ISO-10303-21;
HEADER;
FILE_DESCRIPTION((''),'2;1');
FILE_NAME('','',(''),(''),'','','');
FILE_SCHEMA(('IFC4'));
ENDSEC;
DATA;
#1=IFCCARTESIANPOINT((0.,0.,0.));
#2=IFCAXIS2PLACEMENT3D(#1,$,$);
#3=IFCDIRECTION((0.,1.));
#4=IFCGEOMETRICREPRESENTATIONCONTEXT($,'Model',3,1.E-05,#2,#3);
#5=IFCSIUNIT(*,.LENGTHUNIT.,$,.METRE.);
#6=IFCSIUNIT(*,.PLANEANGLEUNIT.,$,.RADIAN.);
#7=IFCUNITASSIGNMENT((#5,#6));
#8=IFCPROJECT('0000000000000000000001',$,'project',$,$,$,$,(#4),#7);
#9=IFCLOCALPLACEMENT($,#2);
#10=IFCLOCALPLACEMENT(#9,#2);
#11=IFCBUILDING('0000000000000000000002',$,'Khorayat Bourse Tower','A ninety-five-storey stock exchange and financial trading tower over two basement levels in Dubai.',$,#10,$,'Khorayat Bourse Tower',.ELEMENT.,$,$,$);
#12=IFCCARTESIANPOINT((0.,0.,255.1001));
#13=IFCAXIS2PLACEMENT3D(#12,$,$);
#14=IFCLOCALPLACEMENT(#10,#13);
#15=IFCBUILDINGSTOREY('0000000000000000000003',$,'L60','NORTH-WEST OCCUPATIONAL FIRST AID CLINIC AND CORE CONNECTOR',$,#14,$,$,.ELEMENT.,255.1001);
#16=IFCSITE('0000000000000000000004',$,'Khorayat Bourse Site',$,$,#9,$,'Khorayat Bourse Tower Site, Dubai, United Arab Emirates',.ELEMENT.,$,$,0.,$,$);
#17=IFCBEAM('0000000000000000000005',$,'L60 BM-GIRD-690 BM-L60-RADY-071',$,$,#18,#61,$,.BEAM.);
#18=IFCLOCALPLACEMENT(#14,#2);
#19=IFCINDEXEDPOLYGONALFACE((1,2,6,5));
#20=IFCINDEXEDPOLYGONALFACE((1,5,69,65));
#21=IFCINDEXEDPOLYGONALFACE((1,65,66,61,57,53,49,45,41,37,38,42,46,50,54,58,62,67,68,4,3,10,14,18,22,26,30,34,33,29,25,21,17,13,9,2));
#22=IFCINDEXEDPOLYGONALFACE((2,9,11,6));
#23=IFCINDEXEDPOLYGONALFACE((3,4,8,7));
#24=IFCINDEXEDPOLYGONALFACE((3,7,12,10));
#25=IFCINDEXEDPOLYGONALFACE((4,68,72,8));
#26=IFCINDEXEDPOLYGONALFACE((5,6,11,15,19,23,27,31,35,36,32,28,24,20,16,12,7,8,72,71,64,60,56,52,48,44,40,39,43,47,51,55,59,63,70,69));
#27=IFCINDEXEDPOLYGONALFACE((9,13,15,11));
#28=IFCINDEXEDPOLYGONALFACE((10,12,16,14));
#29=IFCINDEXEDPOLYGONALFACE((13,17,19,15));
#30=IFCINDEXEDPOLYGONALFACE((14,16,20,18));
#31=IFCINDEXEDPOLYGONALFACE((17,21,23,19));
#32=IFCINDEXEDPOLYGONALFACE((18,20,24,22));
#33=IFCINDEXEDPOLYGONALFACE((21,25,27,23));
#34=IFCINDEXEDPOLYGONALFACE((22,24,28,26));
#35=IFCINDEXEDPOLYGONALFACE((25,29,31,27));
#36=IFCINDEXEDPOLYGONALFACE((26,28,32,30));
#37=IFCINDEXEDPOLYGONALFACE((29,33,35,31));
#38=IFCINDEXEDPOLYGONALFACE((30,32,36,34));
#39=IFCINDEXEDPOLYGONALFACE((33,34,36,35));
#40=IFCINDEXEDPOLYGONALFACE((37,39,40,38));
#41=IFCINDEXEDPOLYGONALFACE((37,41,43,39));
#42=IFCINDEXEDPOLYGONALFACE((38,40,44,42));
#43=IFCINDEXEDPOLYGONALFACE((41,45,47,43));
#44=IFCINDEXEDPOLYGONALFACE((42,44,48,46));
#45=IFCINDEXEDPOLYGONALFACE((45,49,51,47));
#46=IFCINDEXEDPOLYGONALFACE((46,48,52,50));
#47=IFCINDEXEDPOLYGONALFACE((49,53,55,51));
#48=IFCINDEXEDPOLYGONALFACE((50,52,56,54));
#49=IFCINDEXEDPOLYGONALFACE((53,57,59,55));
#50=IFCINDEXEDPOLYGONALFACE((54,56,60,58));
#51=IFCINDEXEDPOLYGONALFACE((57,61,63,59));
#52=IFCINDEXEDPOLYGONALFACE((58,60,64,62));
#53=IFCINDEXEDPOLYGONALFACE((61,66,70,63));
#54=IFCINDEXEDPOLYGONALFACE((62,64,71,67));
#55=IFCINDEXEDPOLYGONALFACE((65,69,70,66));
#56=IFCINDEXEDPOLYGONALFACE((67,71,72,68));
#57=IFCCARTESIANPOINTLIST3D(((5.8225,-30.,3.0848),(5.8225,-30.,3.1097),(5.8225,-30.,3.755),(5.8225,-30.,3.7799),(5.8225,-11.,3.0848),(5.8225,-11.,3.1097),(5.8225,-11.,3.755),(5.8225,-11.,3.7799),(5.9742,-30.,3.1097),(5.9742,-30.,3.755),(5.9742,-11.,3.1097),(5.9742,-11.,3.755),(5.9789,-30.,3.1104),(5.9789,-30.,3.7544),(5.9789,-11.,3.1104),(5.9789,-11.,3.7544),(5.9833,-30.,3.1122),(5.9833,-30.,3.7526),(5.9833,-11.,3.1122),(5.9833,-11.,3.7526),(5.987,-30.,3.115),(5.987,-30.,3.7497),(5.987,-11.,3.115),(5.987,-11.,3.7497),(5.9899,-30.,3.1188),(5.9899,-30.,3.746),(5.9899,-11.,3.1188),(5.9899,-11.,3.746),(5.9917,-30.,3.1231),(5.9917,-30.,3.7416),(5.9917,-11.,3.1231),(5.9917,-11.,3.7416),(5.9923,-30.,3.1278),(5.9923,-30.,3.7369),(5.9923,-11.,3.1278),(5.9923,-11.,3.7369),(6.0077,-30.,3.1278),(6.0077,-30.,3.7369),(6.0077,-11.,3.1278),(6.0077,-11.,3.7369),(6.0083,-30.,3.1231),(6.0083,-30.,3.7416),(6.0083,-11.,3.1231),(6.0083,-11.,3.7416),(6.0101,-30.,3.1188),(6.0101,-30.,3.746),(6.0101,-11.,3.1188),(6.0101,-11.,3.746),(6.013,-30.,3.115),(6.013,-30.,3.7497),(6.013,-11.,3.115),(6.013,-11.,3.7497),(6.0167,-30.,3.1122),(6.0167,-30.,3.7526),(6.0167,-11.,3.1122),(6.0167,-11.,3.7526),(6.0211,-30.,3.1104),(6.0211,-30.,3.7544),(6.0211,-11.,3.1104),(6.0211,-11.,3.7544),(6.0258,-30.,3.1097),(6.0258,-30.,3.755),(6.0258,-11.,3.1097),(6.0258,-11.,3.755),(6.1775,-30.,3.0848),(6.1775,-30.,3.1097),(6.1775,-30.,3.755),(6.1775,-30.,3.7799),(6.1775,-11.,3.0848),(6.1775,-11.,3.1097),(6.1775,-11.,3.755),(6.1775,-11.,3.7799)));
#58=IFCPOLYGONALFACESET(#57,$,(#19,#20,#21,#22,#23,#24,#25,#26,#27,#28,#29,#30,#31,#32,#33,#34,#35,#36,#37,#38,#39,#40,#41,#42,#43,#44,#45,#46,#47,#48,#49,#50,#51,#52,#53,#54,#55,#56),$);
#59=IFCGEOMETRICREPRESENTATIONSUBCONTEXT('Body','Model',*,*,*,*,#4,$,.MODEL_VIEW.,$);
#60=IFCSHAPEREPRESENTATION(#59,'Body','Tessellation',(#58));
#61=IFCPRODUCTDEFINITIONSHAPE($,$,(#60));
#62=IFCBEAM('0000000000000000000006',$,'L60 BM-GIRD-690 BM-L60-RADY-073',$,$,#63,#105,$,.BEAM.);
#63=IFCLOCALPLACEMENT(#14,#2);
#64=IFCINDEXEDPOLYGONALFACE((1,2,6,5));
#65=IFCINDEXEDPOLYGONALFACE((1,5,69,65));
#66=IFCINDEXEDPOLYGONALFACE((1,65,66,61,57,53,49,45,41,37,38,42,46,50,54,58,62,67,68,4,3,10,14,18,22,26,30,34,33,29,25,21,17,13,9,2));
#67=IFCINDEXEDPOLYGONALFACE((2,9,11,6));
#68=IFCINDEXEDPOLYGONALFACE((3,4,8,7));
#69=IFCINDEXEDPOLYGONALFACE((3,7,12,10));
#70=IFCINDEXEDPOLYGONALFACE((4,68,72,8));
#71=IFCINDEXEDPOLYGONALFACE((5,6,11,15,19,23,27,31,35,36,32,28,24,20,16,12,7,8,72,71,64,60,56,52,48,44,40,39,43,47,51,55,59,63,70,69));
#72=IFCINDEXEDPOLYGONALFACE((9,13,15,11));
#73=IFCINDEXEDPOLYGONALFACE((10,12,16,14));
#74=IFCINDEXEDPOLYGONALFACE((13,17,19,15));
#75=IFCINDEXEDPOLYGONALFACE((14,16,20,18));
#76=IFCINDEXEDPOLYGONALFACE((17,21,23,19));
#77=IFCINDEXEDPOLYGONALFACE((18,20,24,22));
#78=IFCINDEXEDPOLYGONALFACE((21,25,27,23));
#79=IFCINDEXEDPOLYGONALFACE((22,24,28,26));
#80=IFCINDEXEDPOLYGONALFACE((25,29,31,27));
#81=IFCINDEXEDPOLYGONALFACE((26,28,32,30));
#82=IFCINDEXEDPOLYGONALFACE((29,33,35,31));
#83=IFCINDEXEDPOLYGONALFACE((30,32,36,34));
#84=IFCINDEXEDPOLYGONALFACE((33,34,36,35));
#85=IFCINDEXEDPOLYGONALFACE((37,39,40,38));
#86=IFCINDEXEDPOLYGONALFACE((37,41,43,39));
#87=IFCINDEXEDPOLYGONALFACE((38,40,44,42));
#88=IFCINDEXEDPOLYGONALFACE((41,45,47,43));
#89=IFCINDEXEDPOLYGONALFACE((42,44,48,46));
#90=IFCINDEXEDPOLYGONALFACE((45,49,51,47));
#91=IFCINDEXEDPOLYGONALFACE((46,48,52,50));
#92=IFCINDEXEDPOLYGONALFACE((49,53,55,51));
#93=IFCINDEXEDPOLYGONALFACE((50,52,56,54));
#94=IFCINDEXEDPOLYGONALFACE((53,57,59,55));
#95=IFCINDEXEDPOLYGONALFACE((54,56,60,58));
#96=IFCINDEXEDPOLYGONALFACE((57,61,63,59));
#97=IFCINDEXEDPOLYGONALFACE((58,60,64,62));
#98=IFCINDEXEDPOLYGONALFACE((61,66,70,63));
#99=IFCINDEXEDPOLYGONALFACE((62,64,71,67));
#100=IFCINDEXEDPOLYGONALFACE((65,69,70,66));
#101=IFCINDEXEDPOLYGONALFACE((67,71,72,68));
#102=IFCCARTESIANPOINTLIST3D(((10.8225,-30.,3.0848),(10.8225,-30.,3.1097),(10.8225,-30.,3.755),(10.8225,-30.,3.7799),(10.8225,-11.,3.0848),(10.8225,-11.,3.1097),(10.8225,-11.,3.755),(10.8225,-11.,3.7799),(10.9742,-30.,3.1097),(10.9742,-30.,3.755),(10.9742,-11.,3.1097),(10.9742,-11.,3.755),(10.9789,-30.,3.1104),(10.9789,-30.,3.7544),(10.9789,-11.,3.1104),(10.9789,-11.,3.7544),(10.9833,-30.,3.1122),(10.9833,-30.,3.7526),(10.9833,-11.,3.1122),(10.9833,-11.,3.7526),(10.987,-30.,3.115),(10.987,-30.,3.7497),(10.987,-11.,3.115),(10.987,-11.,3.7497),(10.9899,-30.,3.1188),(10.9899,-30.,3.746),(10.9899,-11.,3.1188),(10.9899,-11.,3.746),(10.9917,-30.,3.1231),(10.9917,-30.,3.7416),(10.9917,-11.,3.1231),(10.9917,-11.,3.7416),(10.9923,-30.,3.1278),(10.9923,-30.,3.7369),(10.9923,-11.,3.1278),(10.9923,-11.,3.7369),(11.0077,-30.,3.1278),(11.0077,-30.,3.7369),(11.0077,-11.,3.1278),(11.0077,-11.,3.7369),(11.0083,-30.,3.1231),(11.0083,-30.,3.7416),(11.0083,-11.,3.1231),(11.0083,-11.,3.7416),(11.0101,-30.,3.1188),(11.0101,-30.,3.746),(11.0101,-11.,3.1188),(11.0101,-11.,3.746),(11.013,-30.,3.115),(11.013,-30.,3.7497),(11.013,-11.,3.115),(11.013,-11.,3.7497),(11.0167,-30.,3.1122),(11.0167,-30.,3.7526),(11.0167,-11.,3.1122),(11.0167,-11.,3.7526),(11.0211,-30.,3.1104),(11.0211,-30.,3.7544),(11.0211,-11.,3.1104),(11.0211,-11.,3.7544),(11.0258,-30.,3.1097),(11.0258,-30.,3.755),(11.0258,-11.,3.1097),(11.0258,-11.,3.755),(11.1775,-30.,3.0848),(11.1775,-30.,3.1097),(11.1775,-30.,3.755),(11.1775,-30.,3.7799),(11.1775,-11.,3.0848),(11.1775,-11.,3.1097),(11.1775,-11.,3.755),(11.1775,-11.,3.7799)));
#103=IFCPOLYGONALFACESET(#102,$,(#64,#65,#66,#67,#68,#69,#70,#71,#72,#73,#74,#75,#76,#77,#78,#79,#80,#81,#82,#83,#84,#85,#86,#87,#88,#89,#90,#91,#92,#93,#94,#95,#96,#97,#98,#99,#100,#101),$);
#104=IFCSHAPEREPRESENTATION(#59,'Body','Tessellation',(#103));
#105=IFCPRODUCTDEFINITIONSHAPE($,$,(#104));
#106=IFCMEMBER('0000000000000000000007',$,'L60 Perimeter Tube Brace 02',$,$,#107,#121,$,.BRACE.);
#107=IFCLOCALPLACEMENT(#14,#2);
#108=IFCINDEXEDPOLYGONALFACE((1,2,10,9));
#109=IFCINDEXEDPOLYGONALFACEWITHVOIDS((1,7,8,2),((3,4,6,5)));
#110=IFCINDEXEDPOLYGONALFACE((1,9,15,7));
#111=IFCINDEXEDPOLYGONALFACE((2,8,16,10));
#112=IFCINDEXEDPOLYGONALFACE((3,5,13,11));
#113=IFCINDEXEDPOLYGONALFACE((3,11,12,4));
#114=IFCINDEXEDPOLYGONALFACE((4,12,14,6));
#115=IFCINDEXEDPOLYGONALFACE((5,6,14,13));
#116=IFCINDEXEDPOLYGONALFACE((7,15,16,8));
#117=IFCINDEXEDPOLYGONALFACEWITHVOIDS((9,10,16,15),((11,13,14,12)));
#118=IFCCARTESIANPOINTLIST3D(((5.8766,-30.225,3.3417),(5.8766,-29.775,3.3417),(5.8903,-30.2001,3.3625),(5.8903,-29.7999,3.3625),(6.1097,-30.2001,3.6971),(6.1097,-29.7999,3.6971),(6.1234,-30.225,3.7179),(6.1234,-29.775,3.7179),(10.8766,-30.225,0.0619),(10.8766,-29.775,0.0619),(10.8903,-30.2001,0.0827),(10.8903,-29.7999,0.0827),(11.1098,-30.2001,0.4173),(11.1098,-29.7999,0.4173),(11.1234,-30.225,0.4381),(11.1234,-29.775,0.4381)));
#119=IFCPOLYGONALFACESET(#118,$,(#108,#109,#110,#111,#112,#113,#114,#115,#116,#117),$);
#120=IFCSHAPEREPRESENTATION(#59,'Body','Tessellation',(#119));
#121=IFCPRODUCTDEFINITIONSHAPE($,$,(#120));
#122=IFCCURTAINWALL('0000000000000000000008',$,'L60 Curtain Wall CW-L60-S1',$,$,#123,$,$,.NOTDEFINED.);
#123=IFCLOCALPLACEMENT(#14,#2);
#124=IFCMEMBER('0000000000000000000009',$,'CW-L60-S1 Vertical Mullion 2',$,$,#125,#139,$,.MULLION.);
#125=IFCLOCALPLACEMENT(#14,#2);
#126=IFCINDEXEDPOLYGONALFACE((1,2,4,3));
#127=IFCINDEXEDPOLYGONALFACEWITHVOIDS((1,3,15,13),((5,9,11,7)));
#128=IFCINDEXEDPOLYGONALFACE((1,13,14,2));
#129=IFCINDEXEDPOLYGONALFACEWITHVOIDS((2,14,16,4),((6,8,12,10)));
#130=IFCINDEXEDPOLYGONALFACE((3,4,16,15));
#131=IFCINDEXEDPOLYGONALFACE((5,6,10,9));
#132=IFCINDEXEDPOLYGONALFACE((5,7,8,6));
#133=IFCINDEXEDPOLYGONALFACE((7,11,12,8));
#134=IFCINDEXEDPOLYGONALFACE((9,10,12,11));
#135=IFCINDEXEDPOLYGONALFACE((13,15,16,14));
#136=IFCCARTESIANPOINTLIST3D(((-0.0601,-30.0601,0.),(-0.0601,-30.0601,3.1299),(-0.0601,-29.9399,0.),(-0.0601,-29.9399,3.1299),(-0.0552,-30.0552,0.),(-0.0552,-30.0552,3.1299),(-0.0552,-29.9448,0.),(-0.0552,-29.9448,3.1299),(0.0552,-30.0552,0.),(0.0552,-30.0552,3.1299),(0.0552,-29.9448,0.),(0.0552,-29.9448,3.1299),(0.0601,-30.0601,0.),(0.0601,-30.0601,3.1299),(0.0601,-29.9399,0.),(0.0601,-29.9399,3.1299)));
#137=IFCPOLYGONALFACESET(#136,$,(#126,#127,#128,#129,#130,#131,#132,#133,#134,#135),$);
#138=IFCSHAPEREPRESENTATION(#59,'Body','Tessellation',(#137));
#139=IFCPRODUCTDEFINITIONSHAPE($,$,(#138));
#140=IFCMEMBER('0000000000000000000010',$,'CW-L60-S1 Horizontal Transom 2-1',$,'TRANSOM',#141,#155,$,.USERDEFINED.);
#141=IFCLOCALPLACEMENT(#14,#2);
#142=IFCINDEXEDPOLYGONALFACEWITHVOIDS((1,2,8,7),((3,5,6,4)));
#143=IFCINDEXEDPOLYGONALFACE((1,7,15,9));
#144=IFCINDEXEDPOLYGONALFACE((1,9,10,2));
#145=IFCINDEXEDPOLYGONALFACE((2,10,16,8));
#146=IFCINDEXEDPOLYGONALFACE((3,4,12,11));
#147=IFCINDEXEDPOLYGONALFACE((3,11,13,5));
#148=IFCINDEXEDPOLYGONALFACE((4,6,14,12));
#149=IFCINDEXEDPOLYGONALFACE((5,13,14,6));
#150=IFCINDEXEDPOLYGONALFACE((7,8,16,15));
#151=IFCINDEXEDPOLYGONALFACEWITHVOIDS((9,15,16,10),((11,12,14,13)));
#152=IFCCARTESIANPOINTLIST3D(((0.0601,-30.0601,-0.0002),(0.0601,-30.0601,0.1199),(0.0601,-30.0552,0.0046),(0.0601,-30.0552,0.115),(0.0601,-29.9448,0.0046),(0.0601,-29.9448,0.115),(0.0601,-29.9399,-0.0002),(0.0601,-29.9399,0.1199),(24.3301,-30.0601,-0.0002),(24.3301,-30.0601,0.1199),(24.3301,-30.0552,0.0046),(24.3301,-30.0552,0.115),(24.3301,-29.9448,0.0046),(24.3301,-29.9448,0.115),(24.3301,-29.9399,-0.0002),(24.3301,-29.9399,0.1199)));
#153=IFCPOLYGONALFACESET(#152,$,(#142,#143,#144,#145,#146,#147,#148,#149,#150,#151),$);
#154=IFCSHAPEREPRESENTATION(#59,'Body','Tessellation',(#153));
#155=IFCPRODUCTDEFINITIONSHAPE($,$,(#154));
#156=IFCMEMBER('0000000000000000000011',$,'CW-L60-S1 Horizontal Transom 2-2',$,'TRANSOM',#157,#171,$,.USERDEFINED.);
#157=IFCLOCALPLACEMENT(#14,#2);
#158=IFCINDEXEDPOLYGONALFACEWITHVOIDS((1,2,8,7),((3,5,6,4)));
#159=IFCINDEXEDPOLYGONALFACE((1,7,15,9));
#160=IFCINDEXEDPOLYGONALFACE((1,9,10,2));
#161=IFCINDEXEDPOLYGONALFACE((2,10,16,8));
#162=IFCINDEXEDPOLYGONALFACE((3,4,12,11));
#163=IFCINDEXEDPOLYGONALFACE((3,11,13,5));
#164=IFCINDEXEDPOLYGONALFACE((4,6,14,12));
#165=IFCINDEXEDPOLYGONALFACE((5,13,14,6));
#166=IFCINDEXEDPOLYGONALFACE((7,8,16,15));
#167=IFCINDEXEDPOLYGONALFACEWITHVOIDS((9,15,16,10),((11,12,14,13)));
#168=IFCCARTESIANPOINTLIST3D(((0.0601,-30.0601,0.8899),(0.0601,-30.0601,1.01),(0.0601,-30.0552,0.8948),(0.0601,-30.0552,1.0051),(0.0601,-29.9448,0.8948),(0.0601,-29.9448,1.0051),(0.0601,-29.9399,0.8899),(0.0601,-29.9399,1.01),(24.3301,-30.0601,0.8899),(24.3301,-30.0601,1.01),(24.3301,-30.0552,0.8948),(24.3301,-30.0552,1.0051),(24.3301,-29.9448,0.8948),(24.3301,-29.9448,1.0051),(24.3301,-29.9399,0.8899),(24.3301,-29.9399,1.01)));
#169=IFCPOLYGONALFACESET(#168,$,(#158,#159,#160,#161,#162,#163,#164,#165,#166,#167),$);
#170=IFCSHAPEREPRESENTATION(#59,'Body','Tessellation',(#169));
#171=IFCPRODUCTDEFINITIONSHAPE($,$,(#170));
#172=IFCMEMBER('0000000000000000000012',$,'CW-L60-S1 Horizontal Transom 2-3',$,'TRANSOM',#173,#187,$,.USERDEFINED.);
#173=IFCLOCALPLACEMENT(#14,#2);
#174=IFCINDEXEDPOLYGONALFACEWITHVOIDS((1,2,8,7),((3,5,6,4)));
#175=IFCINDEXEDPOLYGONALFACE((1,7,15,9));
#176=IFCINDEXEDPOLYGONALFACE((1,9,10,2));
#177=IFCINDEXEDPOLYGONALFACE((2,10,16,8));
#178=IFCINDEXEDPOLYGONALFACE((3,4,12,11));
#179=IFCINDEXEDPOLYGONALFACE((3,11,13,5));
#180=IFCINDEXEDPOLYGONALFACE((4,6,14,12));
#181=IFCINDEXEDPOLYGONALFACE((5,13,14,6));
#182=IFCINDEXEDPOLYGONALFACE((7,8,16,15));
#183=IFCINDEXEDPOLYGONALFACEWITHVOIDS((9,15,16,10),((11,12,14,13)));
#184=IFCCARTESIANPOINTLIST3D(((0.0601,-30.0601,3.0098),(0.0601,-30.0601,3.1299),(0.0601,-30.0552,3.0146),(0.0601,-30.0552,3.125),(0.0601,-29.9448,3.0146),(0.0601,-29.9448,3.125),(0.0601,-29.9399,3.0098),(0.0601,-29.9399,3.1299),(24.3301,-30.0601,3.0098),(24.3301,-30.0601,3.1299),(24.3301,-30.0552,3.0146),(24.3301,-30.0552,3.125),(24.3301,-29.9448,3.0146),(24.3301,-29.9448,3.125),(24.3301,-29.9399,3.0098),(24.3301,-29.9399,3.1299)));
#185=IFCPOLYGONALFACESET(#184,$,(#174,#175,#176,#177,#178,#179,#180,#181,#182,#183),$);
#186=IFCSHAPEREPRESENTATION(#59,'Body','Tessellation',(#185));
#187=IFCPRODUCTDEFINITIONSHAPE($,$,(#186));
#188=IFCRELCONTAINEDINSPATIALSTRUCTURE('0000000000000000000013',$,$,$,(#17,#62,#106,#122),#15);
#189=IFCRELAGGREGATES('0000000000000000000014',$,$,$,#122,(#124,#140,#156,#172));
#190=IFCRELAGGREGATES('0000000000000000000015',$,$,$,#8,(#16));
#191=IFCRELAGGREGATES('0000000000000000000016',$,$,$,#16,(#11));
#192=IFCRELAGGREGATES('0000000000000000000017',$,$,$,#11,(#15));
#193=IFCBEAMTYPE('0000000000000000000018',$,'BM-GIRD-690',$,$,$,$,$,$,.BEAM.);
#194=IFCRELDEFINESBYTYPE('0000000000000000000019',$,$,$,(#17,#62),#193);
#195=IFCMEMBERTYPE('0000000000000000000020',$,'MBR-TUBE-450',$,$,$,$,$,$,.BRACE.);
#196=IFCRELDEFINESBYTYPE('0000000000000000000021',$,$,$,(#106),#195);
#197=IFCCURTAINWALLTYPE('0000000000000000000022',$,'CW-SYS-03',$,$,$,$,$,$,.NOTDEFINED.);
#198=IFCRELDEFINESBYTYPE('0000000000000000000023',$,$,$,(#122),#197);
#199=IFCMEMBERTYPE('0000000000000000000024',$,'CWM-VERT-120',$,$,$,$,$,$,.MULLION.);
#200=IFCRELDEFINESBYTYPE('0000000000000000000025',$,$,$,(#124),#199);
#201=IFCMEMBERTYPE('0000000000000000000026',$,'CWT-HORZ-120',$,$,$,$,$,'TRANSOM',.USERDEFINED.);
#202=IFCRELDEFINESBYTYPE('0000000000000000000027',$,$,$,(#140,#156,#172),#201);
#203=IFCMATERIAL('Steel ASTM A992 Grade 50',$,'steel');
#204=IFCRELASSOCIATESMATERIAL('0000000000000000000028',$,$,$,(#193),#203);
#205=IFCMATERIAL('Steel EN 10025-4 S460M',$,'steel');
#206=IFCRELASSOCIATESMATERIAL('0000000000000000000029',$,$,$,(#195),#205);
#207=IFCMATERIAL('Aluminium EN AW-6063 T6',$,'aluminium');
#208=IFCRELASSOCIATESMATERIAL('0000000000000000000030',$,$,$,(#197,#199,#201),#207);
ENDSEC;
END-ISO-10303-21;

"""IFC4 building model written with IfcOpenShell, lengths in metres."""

from ifc_helpers import new_model, si_unit, direction, frame, origin, origin_2d, place, context, subcontext, project, spatial, hollow_rectangle, i_section, extrude, source, transform, mapped, material, material_profile, profile_set, type_object, element, aggregate, save


model = new_model("IFC4")

# Units and contexts
model_context = context("Model", 3, precision=1e-05, world=origin(), true_north=direction((0.0, 1.0)))
body_context = subcontext(model_context, "Body", "Model", "MODEL_VIEW")
ifc_project = project(units=[si_unit("LENGTHUNIT", "METRE"), si_unit("PLANEANGLEUNIT", "RADIAN")], contexts=[model_context])

# Site, building, storey
site_placement = place(None, origin())
site = spatial("IfcSite", under=ifc_project, at=site_placement, Name="Khorayat Bourse Site", LongName="Khorayat Bourse Tower Site, Dubai, United Arab Emirates", CompositionType="ELEMENT", RefElevation=0.0)
building_placement = place(site_placement, origin())
building = spatial("IfcBuilding", under=site, at=building_placement, Name="Khorayat Bourse Tower", Description="A ninety-five-storey stock exchange and financial trading tower over two basement levels in Dubai.", LongName="Khorayat Bourse Tower", CompositionType="ELEMENT")
storey_placement = place(building_placement, frame((0.0, 0.0, 255.1001)))
storey = spatial("IfcBuildingStorey", under=building, at=storey_placement, Name="L60", Description="NORTH-WEST OCCUPATIONAL FIRST AID CLINIC AND CORE CONNECTOR", CompositionType="ELEMENT", Elevation=255.1001)

# Shared definitions
ifc_material_1 = material(Name="Steel EN 10025-4 S460M", Category="steel")

# Beams
ifc_material_2 = material(Name="Steel ASTM A992 Grade 50", Category="steel")
ifc_material_profile_1 = material_profile(ifc_material_2, i_section(OverallWidth=0.355, OverallDepth=0.6951, WebThickness=0.0154, FlangeThickness=0.0249, FilletRadius=0.0181, at=origin_2d()), Name="W690X217")
ifc_profile_set_1 = profile_set([ifc_material_profile_1], Name="Steel ASTM A992 Grade 50")
beam_type_1 = type_object("IfcBeamType", Name="BM-GIRD-690", PredefinedType="BEAM", material=ifc_profile_set_1)
shared_shape_1 = source(origin(), body_context, "Body", "SweptSolid", [
    extrude(i_section(OverallWidth=0.355, OverallDepth=0.6951, WebThickness=0.0154, FlangeThickness=0.0249, FilletRadius=0.0181, at=origin_2d()), origin(), (0.0, 0.0, 1.0), 19.0),
])
for number, where, z_axis, x_axis, name in (
    (1, (6.0, -30.0, 3.4324), (0.0, 1.0, 0.0), (-1.0, 0.0, 0.0), "L60 BM-GIRD-690 BM-L60-RADY-071"),
    (2, (11.0, -30.0, 3.4324), (0.0, 1.0, 0.0), (-1.0, 0.0, 0.0), "L60 BM-GIRD-690 BM-L60-RADY-073"),
):
    element("IfcBeam", number, at=place(storey_placement, frame(where, z_axis=z_axis, x_axis=x_axis)), inside=storey, type_object=beam_type_1, Name=name, PredefinedType="BEAM", context=body_context, shape_type="MappedRepresentation", body=[
        mapped(shared_shape_1, transform((0.0, 0.0, 0.0), scale=1.0)),
    ])

# Member
ifc_material_profile_2 = material_profile(ifc_material_1, hollow_rectangle(XDim=0.45, YDim=0.45, WallThickness=0.0249, at=origin_2d()), Name="HSS 450x450x25")
ifc_profile_set_2 = profile_set([ifc_material_profile_2], Name="Steel EN 10025-4 S460M")
member_type_1 = type_object("IfcMemberType", Name="MBR-TUBE-450", PredefinedType="BRACE", material=ifc_profile_set_2)
shared_shape_2 = source(origin(), body_context, "Body", "SweptSolid", [
    extrude(hollow_rectangle(XDim=0.45, YDim=0.45, WallThickness=0.0249, at=origin_2d()), origin(), (0.0, 0.0, 1.0), 5.9797),
])
member_1_placement = place(storey_placement, frame((6.0, -30.0, 3.5298), z_axis=(0.83616, 0.0, -0.548485), x_axis=(0.0, 1.0, 0.0)))
element("IfcMember", 3, at=member_1_placement, inside=storey, type_object=member_type_1, Name="L60 Perimeter Tube Brace 02", PredefinedType="BRACE", context=body_context, shape_type="MappedRepresentation", body=[
    mapped(shared_shape_2, transform((0.0, 0.0, 0.0), scale=1.0)),
])

# Curtain wall, members
ifc_material_3 = material(Name="Aluminium EN AW-6063 T6", Category="aluminium")
curtain_wall_type = type_object("IfcCurtainWallType", Name="CW-SYS-03", PredefinedType="NOTDEFINED", material=ifc_material_3)
curtain_wall_placement = place(storey_placement, origin())
curtain_wall = element("IfcCurtainWall", 4, at=curtain_wall_placement, inside=storey, type_object=curtain_wall_type, Name="L60 Curtain Wall CW-L60-S1", PredefinedType="NOTDEFINED")
ifc_material_profile_3 = material_profile(ifc_material_3, hollow_rectangle(XDim=0.1201, YDim=0.1201, WallThickness=0.0049, at=origin_2d()), Name="ALU 120x120x5")
ifc_profile_set_3 = profile_set([ifc_material_profile_3], Name="Aluminium EN AW-6063 T6")
member_type_2 = type_object("IfcMemberType", Name="CWM-VERT-120", PredefinedType="MULLION", material=ifc_profile_set_3)
shared_shape_3 = source(origin(), body_context, "Body", "SweptSolid", [
    extrude(hollow_rectangle(XDim=0.1201, YDim=0.1201, WallThickness=0.0049, at=origin_2d()), origin(), (0.0, 0.0, 1.0), 3.1299),
])
member_2_placement = place(storey_placement, frame((0.0, -30.0, 0.0), z_axis=(0.0, 0.0, 1.0), x_axis=(0.0, 1.0, 0.0)))
member_2 = element("IfcMember", 5, at=member_2_placement, type_object=member_type_2, Name="CW-L60-S1 Vertical Mullion 2", PredefinedType="MULLION", context=body_context, shape_type="MappedRepresentation", body=[
    mapped(shared_shape_3, transform((0.0, 0.0, 0.0), scale=1.0)),
])
ifc_material_profile_4 = material_profile(ifc_material_3, hollow_rectangle(XDim=0.1201, YDim=0.1201, WallThickness=0.0049, at=origin_2d()), Name="ALU 120x120x5")
ifc_profile_set_4 = profile_set([ifc_material_profile_4], Name="Aluminium EN AW-6063 T6")
member_type_3 = type_object("IfcMemberType", Name="CWT-HORZ-120", ElementType="TRANSOM", PredefinedType="USERDEFINED", material=ifc_profile_set_4)
shared_shape_4 = source(origin(), body_context, "Body", "SweptSolid", [
    extrude(hollow_rectangle(XDim=0.1201, YDim=0.1201, WallThickness=0.0049, at=origin_2d()), origin(), (0.0, 0.0, 1.0), 24.27),
])
member_3_placement = place(storey_placement, frame((0.0601, -30.0, 0.0598), z_axis=(1.0, 0.0, 0.0), x_axis=(0.0, 1.0, 0.0)))
member_3 = element("IfcMember", 6, at=member_3_placement, type_object=member_type_3, Name="CW-L60-S1 Horizontal Transom 2-1", ObjectType="TRANSOM", PredefinedType="USERDEFINED", context=body_context, shape_type="MappedRepresentation", body=[
    mapped(shared_shape_4, transform((0.0, 0.0, 0.0), scale=1.0)),
])
member_4_placement = place(storey_placement, frame((0.0601, -30.0, 0.95), z_axis=(1.0, 0.0, 0.0), x_axis=(0.0, 1.0, 0.0)))
member_4 = element("IfcMember", 7, at=member_4_placement, type_object=member_type_3, Name="CW-L60-S1 Horizontal Transom 2-2", ObjectType="TRANSOM", PredefinedType="USERDEFINED", context=body_context, shape_type="MappedRepresentation", body=[
    mapped(shared_shape_4, transform((0.0, 0.0, 0.0), scale=1.0)),
])
member_5_placement = place(storey_placement, frame((0.0601, -30.0, 3.0698), z_axis=(1.0, 0.0, 0.0), x_axis=(0.0, 1.0, 0.0)))
member_5 = element("IfcMember", 8, at=member_5_placement, type_object=member_type_3, Name="CW-L60-S1 Horizontal Transom 2-3", ObjectType="TRANSOM", PredefinedType="USERDEFINED", context=body_context, shape_type="MappedRepresentation", body=[
    mapped(shared_shape_4, transform((0.0, 0.0, 0.0), scale=1.0)),
])
aggregate(curtain_wall, [member_2, member_3, member_4, member_5])

save(model, "model.ifc")
